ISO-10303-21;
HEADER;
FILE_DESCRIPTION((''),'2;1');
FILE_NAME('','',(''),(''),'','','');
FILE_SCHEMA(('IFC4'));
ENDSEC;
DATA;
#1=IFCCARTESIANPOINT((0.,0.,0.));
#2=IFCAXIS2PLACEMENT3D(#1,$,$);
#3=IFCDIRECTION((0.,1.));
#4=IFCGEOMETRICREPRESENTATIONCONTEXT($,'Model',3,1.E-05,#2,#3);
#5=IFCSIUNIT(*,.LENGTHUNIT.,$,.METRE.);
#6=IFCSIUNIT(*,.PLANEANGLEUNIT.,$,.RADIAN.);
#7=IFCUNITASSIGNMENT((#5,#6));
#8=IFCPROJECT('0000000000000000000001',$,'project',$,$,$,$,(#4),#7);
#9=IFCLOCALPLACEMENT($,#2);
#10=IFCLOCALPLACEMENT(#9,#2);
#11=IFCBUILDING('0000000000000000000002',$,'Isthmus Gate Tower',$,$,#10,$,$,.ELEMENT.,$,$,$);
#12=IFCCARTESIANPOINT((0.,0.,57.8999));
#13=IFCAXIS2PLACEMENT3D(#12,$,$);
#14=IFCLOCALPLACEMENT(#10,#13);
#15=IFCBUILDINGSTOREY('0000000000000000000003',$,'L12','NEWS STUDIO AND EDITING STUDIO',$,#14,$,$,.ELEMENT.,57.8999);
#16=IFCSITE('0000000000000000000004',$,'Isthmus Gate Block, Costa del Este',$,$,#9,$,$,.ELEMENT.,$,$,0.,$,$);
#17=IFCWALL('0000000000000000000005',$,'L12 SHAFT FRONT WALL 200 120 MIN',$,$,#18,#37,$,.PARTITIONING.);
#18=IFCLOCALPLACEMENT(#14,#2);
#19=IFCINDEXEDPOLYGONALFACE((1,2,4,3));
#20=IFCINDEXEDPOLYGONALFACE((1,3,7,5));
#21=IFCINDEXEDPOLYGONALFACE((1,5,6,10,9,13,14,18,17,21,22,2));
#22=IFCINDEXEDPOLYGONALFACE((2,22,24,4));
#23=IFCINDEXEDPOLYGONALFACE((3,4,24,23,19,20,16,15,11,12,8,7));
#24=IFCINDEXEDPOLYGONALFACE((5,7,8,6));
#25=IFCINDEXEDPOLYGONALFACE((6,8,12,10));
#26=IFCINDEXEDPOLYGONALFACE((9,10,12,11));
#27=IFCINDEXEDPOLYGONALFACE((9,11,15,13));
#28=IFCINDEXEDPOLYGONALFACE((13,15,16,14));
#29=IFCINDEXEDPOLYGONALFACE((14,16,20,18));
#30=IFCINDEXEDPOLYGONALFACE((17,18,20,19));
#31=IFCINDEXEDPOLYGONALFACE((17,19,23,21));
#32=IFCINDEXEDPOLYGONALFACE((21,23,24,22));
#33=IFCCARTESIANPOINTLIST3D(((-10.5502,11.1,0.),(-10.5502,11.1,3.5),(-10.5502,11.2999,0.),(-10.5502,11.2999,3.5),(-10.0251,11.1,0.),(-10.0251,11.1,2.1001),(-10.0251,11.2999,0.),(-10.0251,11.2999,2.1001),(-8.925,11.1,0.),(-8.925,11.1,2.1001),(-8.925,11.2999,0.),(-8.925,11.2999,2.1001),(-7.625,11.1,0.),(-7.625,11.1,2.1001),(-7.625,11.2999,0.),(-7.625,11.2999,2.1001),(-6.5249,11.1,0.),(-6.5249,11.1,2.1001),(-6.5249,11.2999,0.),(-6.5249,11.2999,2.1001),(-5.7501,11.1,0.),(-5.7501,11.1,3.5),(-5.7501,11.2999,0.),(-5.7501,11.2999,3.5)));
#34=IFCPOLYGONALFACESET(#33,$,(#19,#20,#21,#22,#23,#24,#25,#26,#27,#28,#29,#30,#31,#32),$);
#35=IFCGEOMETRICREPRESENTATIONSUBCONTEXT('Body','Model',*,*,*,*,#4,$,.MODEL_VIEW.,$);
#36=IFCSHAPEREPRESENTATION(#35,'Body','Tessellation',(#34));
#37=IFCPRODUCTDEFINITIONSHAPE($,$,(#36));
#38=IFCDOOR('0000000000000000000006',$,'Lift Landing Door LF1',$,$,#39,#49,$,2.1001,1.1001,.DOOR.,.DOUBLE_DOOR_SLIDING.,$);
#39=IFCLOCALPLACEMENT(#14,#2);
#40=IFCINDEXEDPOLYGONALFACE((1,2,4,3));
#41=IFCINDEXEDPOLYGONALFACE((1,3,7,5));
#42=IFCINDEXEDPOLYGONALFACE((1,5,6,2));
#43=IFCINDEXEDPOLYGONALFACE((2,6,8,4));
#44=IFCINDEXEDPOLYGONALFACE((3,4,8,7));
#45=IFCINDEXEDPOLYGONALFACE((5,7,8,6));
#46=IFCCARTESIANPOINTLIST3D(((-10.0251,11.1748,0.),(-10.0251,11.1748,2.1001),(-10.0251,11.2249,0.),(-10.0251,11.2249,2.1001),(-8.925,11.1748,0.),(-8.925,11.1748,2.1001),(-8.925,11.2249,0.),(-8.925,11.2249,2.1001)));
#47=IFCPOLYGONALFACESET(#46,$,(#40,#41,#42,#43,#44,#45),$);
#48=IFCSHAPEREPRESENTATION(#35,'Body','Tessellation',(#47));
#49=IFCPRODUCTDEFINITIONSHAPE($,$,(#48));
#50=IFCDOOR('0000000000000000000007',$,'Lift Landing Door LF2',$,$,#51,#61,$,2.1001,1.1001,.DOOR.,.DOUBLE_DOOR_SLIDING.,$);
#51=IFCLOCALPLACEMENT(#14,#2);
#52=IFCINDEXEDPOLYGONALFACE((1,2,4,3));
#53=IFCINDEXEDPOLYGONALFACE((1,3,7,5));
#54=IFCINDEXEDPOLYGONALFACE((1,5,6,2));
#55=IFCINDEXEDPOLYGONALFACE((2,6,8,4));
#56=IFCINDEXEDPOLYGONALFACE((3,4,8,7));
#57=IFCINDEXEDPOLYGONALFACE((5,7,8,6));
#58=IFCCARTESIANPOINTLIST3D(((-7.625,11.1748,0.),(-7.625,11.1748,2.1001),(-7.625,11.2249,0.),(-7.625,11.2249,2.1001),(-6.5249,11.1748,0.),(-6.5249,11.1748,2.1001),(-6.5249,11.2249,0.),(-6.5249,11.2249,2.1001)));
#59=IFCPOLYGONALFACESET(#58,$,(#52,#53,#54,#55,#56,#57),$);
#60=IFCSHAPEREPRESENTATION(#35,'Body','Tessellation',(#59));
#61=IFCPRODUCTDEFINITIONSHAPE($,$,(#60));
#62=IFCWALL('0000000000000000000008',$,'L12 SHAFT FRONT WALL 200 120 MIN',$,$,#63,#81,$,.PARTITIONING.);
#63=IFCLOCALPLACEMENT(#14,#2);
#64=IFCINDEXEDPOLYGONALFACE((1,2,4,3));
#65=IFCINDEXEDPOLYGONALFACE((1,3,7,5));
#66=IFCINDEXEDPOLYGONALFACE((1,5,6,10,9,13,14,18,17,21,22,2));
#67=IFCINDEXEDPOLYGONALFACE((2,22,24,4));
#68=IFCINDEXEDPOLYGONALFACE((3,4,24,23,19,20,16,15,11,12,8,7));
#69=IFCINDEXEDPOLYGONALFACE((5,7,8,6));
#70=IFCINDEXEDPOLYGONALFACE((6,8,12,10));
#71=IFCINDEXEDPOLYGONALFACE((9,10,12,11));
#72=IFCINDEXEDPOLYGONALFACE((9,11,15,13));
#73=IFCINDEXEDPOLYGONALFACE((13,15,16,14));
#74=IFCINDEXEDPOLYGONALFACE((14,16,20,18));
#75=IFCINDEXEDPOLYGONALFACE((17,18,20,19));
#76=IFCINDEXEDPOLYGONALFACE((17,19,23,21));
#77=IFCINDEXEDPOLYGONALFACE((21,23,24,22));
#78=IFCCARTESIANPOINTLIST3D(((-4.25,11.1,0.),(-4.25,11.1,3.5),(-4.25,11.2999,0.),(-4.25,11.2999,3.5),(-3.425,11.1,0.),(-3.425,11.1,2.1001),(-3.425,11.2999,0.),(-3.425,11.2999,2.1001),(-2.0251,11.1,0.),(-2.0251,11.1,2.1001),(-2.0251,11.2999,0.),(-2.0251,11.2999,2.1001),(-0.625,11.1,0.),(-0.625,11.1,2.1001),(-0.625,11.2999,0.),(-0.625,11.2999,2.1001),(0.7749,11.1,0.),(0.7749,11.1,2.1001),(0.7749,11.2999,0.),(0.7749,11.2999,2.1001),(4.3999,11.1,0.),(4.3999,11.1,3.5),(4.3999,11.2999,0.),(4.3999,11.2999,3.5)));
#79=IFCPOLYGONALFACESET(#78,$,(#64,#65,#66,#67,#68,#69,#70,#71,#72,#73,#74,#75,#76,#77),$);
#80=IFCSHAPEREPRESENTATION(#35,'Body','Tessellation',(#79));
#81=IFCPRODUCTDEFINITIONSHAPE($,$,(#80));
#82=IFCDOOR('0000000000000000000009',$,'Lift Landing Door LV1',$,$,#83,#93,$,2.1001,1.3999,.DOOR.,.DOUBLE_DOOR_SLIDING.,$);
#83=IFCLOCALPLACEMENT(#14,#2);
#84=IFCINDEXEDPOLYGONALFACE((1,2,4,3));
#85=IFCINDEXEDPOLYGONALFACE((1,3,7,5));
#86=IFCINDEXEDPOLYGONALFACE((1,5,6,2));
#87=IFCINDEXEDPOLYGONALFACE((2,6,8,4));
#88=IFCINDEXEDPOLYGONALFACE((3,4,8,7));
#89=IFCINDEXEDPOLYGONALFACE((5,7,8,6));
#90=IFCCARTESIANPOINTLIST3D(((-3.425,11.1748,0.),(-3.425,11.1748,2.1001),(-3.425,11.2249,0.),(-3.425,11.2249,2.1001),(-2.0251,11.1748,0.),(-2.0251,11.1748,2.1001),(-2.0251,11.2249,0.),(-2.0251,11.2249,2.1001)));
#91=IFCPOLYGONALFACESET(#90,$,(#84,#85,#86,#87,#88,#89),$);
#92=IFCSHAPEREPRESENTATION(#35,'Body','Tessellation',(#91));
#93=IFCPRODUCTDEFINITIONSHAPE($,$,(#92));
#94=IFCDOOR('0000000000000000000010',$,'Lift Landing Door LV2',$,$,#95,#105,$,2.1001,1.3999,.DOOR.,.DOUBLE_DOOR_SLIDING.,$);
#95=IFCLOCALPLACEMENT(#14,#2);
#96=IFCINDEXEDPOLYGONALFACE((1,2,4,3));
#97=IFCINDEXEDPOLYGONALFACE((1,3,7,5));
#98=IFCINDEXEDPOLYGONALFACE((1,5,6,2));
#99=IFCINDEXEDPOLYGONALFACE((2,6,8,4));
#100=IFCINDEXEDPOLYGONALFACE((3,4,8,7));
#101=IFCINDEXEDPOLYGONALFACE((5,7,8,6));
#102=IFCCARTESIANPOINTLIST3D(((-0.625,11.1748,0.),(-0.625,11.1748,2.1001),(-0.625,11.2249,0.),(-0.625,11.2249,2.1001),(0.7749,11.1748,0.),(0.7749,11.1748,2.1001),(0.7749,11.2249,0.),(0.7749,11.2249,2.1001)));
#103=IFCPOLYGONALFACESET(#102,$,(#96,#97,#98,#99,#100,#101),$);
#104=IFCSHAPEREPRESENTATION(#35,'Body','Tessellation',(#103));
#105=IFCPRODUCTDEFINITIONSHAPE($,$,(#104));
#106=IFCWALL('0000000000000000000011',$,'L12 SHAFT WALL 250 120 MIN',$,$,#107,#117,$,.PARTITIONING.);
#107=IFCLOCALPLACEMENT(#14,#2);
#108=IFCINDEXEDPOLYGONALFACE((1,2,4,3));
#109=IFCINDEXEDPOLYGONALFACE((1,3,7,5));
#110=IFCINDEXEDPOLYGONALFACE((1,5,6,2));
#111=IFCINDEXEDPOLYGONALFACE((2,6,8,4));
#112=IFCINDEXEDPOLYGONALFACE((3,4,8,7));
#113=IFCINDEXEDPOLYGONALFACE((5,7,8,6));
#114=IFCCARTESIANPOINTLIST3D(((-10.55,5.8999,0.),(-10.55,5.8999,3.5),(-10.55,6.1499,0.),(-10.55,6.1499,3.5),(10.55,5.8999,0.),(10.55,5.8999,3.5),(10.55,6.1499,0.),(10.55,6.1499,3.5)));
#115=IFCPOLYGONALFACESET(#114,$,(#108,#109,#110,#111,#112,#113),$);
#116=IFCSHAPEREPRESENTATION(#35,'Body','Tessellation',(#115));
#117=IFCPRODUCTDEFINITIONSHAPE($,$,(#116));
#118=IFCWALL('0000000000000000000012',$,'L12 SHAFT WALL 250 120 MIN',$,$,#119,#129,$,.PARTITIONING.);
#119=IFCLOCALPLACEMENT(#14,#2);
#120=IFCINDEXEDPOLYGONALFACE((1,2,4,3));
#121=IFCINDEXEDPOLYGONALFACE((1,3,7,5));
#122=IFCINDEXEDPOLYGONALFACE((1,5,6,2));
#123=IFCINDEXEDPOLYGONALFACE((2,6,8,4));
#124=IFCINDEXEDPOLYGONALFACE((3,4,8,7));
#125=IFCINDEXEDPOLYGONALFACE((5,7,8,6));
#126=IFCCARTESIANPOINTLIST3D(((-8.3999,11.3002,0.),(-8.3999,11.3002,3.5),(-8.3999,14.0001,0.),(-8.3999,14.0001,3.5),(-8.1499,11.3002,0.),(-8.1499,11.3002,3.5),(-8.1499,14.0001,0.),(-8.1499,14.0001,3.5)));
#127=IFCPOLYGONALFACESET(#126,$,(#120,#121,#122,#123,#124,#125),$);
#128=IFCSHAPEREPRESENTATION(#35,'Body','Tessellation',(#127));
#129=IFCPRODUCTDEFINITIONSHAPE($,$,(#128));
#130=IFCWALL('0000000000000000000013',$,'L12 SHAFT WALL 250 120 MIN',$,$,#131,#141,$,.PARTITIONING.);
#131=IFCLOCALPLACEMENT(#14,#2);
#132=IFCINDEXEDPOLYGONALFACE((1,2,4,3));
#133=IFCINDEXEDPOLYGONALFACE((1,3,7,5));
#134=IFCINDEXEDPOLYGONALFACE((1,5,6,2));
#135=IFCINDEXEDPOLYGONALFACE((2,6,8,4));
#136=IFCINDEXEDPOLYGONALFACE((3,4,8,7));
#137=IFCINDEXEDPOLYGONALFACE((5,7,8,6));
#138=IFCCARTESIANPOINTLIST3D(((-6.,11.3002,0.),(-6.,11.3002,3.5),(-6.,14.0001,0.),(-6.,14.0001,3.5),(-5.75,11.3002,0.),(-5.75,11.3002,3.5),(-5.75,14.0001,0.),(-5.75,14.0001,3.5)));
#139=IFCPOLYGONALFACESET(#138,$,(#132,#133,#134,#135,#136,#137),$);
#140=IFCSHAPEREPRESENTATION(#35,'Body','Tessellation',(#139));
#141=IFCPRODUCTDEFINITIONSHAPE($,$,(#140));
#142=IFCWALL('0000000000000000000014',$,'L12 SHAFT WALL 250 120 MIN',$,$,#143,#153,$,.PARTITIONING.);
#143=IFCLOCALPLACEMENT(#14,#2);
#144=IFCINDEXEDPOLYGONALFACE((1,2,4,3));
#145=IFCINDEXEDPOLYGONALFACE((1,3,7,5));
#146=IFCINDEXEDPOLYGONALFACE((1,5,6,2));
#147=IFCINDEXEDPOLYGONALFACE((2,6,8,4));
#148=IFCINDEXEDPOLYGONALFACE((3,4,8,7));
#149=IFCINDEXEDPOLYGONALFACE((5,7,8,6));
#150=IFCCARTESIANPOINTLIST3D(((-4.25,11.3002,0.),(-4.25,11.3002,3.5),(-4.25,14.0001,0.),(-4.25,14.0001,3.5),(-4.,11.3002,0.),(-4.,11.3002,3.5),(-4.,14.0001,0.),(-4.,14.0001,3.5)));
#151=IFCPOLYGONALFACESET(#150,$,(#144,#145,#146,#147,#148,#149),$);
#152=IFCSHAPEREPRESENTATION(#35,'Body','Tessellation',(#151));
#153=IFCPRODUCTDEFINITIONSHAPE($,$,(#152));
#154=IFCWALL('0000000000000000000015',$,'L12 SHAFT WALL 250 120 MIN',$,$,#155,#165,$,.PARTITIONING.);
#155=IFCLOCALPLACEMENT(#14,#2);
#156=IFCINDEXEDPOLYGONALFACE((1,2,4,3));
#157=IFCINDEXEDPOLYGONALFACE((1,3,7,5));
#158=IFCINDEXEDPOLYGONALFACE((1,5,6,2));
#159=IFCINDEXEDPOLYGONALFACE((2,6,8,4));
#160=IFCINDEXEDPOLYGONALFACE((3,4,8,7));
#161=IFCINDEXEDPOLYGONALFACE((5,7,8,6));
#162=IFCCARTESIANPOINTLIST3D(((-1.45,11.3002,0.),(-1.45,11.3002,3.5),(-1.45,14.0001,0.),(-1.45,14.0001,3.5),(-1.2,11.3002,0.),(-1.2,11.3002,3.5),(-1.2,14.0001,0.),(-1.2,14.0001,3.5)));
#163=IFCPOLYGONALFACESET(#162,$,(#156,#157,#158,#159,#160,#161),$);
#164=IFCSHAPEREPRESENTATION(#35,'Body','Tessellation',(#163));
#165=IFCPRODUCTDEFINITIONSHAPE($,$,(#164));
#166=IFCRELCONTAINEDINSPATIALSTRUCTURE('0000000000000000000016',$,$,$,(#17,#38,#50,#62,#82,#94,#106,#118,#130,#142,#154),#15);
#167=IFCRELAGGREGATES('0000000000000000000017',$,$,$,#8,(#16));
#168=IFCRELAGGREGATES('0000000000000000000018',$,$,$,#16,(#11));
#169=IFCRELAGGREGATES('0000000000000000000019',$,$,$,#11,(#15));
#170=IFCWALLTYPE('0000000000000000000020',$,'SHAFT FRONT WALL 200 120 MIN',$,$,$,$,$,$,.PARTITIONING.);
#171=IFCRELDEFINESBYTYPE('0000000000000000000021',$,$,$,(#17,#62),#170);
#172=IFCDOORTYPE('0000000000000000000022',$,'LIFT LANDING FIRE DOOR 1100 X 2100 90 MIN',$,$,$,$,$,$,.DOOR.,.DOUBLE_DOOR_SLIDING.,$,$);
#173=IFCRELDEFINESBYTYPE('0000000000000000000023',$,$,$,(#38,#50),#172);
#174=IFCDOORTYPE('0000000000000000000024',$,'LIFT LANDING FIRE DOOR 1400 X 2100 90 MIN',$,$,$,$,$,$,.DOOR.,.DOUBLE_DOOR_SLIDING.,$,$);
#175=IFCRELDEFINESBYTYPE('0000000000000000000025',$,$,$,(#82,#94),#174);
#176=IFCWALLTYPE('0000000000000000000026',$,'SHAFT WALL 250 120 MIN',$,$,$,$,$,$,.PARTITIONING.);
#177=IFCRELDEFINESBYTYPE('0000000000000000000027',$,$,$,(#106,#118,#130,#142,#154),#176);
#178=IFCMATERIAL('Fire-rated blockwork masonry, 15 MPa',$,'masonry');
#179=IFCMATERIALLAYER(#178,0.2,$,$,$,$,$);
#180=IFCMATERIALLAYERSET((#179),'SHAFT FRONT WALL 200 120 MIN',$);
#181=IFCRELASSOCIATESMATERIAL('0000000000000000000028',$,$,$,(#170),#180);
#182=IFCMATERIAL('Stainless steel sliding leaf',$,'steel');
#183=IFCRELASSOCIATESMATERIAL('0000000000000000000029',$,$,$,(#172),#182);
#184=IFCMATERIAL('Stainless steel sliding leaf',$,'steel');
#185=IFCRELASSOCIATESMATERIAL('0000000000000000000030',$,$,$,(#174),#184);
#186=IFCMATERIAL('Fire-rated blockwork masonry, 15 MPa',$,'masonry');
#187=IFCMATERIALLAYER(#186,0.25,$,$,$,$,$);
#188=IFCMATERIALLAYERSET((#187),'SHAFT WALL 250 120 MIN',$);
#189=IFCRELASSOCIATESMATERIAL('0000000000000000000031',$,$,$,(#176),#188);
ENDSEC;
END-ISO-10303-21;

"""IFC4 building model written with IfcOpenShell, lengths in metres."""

from ifc_helpers import new_model, si_unit, direction, frame, frame_2d, origin, place, context, subcontext, project, spatial, rectangle, extrude, material, layer, layer_set, type_object, element, fill, save


model = new_model("IFC4")

# Units and contexts
model_context = context("Model", 3, precision=1e-05, world=origin(), true_north=direction((0.0, 1.0)))
body_context = subcontext(model_context, "Body", "Model", "MODEL_VIEW")
ifc_project = project(units=[si_unit("LENGTHUNIT", "METRE"), si_unit("PLANEANGLEUNIT", "RADIAN")], contexts=[model_context])

# Site, building, storey
site_placement = place(None, origin())
site = spatial("IfcSite", under=ifc_project, at=site_placement, Name="Isthmus Gate Block, Costa del Este", CompositionType="ELEMENT", RefElevation=0.0)
building_placement = place(site_placement, origin())
building = spatial("IfcBuilding", under=site, at=building_placement, Name="Isthmus Gate Tower", CompositionType="ELEMENT")
storey_placement = place(building_placement, frame((0.0, 0.0, 57.8999)))
storey = spatial("IfcBuildingStorey", under=building, at=storey_placement, Name="L12", Description="NEWS STUDIO AND EDITING STUDIO", CompositionType="ELEMENT", Elevation=57.8999)

# Walls, openings, doors
ifc_material_1 = material(Name="Fire-rated blockwork masonry, 15 MPa", Category="masonry")
ifc_layer_1 = layer(ifc_material_1, 0.2)
ifc_layer_set_1 = layer_set([ifc_layer_1], Name="SHAFT FRONT WALL 200 120 MIN")
wall_type_1 = type_object("IfcWallType", Name="SHAFT FRONT WALL 200 120 MIN", PredefinedType="PARTITIONING", material=ifc_layer_set_1)
wall_1_placement = place(storey_placement, frame((-10.55, 11.2, 0.0), z_axis=(0.0, 0.0, 1.0), x_axis=(1.0, 0.0, 0.0)))
wall_1 = element("IfcWall", 1, at=wall_1_placement, inside=storey, type_object=wall_type_1, Name="L12 SHAFT FRONT WALL 200 120 MIN", PredefinedType="PARTITIONING", context=body_context, shape_type="SweptSolid", body=[
    extrude(rectangle(XDim=4.8, YDim=0.2, at=frame_2d((2.3999, 0.0))), origin(), (0.0, 0.0, 1.0), 3.5),
])
opening_1_placement = place(wall_1_placement, frame((0.5249, 0.0, 0.0)))
opening_1 = element("IfcOpeningElement", 2, at=opening_1_placement, cuts=wall_1, PredefinedType="OPENING", context=body_context, shape_type="SweptSolid", body=[
    extrude(rectangle(XDim=1.1001, YDim=2.1001, at=frame_2d((0.55, 1.05))), frame((0.0, 0.1099, 0.0), z_axis=(0.0, -1.0, 0.0), x_axis=(1.0, 0.0, 0.0)), (0.0, 0.0, 1.0), 0.22),
])
opening_2_placement = place(wall_1_placement, frame((2.925, 0.0, 0.0)))
opening_2 = element("IfcOpeningElement", 3, at=opening_2_placement, cuts=wall_1, PredefinedType="OPENING", context=body_context, shape_type="SweptSolid", body=[
    extrude(rectangle(XDim=1.1001, YDim=2.1001, at=frame_2d((0.55, 1.05))), frame((0.0, 0.1099, 0.0), z_axis=(0.0, -1.0, 0.0), x_axis=(1.0, 0.0, 0.0)), (0.0, 0.0, 1.0), 0.22),
])
ifc_material_2 = material(Name="Stainless steel sliding leaf", Category="steel")
door_type_1 = type_object("IfcDoorType", Name="LIFT LANDING FIRE DOOR 1100 X 2100 90 MIN", OperationType="DOUBLE_DOOR_SLIDING", PredefinedType="DOOR", material=ifc_material_2)
door_1_placement = place(opening_1_placement, origin())
door_1 = element("IfcDoor", 4, at=door_1_placement, inside=storey, type_object=door_type_1, Name="Lift Landing Door LF1", OperationType="DOUBLE_DOOR_SLIDING", OverallHeight=2.1001, OverallWidth=1.1001, PredefinedType="DOOR", context=body_context, shape_type="SweptSolid", body=[
    extrude(rectangle(XDim=1.1001, YDim=2.1001, at=frame_2d((0.55, 1.05))), frame((0.0, 0.0249, 0.0), z_axis=(0.0, -1.0, 0.0), x_axis=(1.0, 0.0, 0.0)), (0.0, 0.0, 1.0), 0.05),
])
fill(opening_1, door_1)
door_2_placement = place(opening_2_placement, origin())
door_2 = element("IfcDoor", 5, at=door_2_placement, inside=storey, type_object=door_type_1, Name="Lift Landing Door LF2", OperationType="DOUBLE_DOOR_SLIDING", OverallHeight=2.1001, OverallWidth=1.1001, PredefinedType="DOOR", context=body_context, shape_type="SweptSolid", body=[
    extrude(rectangle(XDim=1.1001, YDim=2.1001, at=frame_2d((0.55, 1.05))), frame((0.0, 0.0249, 0.0), z_axis=(0.0, -1.0, 0.0), x_axis=(1.0, 0.0, 0.0)), (0.0, 0.0, 1.0), 0.05),
])
fill(opening_2, door_2)
wall_2_placement = place(storey_placement, frame((-4.25, 11.2, 0.0), z_axis=(0.0, 0.0, 1.0), x_axis=(1.0, 0.0, 0.0)))
wall_2 = element("IfcWall", 6, at=wall_2_placement, inside=storey, type_object=wall_type_1, Name="L12 SHAFT FRONT WALL 200 120 MIN", PredefinedType="PARTITIONING", context=body_context, shape_type="SweptSolid", body=[
    extrude(rectangle(XDim=8.6499, YDim=0.2, at=frame_2d((4.325, 0.0))), origin(), (0.0, 0.0, 1.0), 3.5),
])
opening_3_placement = place(wall_2_placement, frame((0.825, 0.0, 0.0)))
opening_3 = element("IfcOpeningElement", 7, at=opening_3_placement, cuts=wall_2, PredefinedType="OPENING", context=body_context, shape_type="SweptSolid", body=[
    extrude(rectangle(XDim=1.3999, YDim=2.1001, at=frame_2d((0.7, 1.05))), frame((0.0, 0.1099, 0.0), z_axis=(0.0, -1.0, 0.0), x_axis=(1.0, 0.0, 0.0)), (0.0, 0.0, 1.0), 0.22),
])
opening_4_placement = place(wall_2_placement, frame((3.625, 0.0, 0.0)))
opening_4 = element("IfcOpeningElement", 8, at=opening_4_placement, cuts=wall_2, PredefinedType="OPENING", context=body_context, shape_type="SweptSolid", body=[
    extrude(rectangle(XDim=1.3999, YDim=2.1001, at=frame_2d((0.7, 1.05))), frame((0.0, 0.1099, 0.0), z_axis=(0.0, -1.0, 0.0), x_axis=(1.0, 0.0, 0.0)), (0.0, 0.0, 1.0), 0.22),
])
ifc_material_3 = material(Name="Stainless steel sliding leaf", Category="steel")
door_type_2 = type_object("IfcDoorType", Name="LIFT LANDING FIRE DOOR 1400 X 2100 90 MIN", OperationType="DOUBLE_DOOR_SLIDING", PredefinedType="DOOR", material=ifc_material_3)
door_3_placement = place(opening_3_placement, origin())
door_3 = element("IfcDoor", 9, at=door_3_placement, inside=storey, type_object=door_type_2, Name="Lift Landing Door LV1", OperationType="DOUBLE_DOOR_SLIDING", OverallHeight=2.1001, OverallWidth=1.3999, PredefinedType="DOOR", context=body_context, shape_type="SweptSolid", body=[
    extrude(rectangle(XDim=1.3999, YDim=2.1001, at=frame_2d((0.7, 1.05))), frame((0.0, 0.0249, 0.0), z_axis=(0.0, -1.0, 0.0), x_axis=(1.0, 0.0, 0.0)), (0.0, 0.0, 1.0), 0.05),
])
fill(opening_3, door_3)
door_4_placement = place(opening_4_placement, origin())
door_4 = element("IfcDoor", 10, at=door_4_placement, inside=storey, type_object=door_type_2, Name="Lift Landing Door LV2", OperationType="DOUBLE_DOOR_SLIDING", OverallHeight=2.1001, OverallWidth=1.3999, PredefinedType="DOOR", context=body_context, shape_type="SweptSolid", body=[
    extrude(rectangle(XDim=1.3999, YDim=2.1001, at=frame_2d((0.7, 1.05))), frame((0.0, 0.0249, 0.0), z_axis=(0.0, -1.0, 0.0), x_axis=(1.0, 0.0, 0.0)), (0.0, 0.0, 1.0), 0.05),
])
fill(opening_4, door_4)

# Walls
ifc_material_4 = material(Name="Fire-rated blockwork masonry, 15 MPa", Category="masonry")
ifc_layer_2 = layer(ifc_material_4, 0.25)
ifc_layer_set_2 = layer_set([ifc_layer_2], Name="SHAFT WALL 250 120 MIN")
wall_type_2 = type_object("IfcWallType", Name="SHAFT WALL 250 120 MIN", PredefinedType="PARTITIONING", material=ifc_layer_set_2)
wall_3_placement = place(storey_placement, frame((-10.55, 6.0249, 0.0), z_axis=(0.0, 0.0, 1.0), x_axis=(1.0, 0.0, 0.0)))
element("IfcWall", 11, at=wall_3_placement, inside=storey, type_object=wall_type_2, Name="L12 SHAFT WALL 250 120 MIN", PredefinedType="PARTITIONING", context=body_context, shape_type="SweptSolid", body=[
    extrude(rectangle(XDim=21.1001, YDim=0.25, at=frame_2d((10.55, 0.0))), origin(), (0.0, 0.0, 1.0), 3.5),
])
for number, where, z_axis, x_axis, name in (
    (12, (-8.2749, 11.3, 0.0), (0.0, 0.0, 1.0), (0.0, 1.0, 0.0), "L12 SHAFT WALL 250 120 MIN"),
    (13, (-5.875, 11.3, 0.0), (0.0, 0.0, 1.0), (0.0, 1.0, 0.0), "L12 SHAFT WALL 250 120 MIN"),
    (14, (-4.125, 11.3, 0.0), (0.0, 0.0, 1.0), (0.0, 1.0, 0.0), "L12 SHAFT WALL 250 120 MIN"),
    (15, (-1.325, 11.3, 0.0), (0.0, 0.0, 1.0), (0.0, 1.0, 0.0), "L12 SHAFT WALL 250 120 MIN"),
):
    element("IfcWall", number, at=place(storey_placement, frame(where, z_axis=z_axis, x_axis=x_axis)), inside=storey, type_object=wall_type_2, Name=name, PredefinedType="PARTITIONING", context=body_context, shape_type="SweptSolid", body=[
        extrude(rectangle(XDim=2.7, YDim=0.25, at=frame_2d((1.3501, 0.0))), origin(), (0.0, 0.0, 1.0), 3.5),
    ])

save(model, "model.ifc")
